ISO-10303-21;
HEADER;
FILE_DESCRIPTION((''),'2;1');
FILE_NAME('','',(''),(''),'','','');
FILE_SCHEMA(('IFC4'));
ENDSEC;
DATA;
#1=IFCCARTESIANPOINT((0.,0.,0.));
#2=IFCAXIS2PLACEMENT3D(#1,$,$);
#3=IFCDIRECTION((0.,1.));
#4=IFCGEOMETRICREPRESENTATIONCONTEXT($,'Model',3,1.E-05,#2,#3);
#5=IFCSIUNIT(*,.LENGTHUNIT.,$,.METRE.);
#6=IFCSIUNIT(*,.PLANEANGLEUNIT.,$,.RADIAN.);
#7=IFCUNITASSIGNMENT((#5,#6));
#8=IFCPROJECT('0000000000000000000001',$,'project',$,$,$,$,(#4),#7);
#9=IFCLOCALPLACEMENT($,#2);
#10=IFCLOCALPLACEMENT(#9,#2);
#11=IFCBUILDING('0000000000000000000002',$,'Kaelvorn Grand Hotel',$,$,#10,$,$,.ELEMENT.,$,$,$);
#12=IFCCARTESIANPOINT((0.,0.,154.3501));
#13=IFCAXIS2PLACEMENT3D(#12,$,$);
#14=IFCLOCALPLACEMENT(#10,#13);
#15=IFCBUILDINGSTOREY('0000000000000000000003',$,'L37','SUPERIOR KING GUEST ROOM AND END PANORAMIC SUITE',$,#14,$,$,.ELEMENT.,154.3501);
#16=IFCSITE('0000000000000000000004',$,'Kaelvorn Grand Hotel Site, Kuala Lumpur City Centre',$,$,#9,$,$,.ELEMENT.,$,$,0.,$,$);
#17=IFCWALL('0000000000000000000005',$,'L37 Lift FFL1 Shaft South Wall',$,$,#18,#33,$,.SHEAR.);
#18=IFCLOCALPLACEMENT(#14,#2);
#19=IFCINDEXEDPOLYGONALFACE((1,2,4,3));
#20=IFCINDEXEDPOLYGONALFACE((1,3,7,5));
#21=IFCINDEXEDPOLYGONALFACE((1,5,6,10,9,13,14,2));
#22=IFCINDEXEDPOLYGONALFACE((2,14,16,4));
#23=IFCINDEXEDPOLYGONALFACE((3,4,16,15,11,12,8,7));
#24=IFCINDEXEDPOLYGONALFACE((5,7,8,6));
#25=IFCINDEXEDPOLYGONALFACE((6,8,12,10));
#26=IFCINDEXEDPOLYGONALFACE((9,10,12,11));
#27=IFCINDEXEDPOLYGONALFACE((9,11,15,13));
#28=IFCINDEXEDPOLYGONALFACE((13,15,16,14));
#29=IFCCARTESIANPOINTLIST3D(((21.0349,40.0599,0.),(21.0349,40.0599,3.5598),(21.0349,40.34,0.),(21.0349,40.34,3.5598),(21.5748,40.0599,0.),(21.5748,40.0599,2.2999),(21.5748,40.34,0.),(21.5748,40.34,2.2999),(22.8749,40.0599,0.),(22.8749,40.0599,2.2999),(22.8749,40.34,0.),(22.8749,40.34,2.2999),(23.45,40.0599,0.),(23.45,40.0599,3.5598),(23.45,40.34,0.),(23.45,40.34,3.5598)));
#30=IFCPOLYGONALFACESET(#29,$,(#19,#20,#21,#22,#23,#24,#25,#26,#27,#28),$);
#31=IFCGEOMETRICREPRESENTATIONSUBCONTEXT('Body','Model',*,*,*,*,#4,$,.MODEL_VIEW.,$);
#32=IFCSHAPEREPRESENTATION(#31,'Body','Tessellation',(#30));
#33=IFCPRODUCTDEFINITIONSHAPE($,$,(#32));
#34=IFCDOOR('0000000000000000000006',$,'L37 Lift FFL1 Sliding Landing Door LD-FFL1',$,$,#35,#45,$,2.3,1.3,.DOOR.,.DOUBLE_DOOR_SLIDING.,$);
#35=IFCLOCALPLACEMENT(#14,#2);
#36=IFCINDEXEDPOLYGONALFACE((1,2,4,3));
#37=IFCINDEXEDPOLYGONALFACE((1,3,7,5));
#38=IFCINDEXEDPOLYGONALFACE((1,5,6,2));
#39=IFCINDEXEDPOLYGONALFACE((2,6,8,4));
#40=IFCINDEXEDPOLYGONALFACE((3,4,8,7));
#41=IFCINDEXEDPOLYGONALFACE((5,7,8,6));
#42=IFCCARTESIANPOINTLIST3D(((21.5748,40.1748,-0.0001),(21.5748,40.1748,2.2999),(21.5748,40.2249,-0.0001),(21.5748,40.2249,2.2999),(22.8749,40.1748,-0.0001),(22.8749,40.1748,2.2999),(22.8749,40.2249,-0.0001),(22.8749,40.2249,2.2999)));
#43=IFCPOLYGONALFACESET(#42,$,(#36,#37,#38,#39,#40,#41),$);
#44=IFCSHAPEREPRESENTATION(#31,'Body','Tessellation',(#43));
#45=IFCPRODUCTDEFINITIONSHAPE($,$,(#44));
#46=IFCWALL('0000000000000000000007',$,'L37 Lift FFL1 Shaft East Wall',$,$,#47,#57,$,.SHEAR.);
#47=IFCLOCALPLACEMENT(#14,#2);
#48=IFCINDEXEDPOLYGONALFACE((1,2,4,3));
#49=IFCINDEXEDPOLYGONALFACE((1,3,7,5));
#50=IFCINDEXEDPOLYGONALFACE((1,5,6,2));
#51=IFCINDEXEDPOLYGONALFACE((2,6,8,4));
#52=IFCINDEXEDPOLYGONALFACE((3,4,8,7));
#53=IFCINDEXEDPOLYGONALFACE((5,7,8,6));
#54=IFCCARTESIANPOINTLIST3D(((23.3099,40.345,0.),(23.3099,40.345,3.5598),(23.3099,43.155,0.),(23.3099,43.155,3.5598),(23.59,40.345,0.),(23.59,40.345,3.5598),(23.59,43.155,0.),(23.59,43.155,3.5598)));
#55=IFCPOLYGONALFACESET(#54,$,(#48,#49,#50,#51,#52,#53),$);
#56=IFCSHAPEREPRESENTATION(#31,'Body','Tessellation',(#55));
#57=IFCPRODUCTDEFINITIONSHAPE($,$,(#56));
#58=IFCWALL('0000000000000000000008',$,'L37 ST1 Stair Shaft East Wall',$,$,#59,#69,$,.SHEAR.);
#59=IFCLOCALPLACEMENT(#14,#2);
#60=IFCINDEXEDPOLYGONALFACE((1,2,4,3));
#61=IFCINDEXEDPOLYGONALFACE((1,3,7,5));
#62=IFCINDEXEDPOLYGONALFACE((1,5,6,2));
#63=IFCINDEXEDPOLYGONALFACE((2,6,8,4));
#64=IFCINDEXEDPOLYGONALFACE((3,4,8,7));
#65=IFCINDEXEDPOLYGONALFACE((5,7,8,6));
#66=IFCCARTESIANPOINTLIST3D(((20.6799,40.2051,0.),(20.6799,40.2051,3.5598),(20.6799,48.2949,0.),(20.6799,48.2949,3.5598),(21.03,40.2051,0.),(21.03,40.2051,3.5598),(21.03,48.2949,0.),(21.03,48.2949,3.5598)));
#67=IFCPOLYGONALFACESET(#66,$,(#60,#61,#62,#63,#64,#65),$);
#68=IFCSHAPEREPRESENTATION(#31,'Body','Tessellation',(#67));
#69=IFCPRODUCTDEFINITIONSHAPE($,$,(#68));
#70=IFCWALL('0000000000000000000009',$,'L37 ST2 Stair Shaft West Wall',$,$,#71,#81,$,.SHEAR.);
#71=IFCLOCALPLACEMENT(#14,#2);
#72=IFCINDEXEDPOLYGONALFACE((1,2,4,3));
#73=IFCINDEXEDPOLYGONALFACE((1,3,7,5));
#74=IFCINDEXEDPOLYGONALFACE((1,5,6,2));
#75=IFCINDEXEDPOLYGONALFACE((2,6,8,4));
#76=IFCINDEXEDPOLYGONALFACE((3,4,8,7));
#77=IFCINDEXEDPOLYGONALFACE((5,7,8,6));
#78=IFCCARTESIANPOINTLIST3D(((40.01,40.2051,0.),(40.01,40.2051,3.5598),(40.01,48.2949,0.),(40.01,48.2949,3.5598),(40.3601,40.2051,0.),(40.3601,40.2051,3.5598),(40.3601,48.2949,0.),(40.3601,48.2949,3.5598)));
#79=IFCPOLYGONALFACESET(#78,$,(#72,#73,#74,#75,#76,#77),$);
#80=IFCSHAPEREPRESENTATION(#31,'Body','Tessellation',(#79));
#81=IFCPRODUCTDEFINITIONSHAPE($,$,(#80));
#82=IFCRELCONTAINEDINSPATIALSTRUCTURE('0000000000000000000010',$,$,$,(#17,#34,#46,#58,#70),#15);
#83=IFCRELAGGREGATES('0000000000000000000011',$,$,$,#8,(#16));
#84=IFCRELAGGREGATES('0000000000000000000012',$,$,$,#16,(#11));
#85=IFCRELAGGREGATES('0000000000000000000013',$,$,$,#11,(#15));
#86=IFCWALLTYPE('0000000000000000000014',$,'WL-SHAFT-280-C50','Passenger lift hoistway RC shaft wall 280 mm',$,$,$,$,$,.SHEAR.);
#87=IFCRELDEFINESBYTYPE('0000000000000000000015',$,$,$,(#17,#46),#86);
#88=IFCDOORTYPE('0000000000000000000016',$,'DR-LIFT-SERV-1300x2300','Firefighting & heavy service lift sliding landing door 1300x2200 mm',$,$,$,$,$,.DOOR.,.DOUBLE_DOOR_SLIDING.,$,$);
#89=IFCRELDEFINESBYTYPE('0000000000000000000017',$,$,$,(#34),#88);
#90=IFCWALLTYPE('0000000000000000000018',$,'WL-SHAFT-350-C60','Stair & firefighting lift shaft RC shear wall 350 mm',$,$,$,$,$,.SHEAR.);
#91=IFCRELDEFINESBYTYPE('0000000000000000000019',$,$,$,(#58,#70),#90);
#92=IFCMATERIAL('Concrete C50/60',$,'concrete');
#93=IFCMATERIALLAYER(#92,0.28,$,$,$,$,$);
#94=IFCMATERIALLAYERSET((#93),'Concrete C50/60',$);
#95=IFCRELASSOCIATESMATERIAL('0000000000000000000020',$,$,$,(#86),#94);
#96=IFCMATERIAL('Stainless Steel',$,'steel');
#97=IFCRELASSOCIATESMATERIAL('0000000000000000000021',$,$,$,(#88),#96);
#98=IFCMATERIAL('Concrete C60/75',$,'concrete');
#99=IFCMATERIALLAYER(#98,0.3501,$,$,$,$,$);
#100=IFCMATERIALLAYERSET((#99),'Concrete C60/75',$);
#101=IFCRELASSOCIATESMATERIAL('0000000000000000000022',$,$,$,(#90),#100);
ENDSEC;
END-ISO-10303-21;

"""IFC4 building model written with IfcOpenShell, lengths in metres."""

from ifc_helpers import new_model, si_unit, direction, frame, frame_2d, origin, place, context, subcontext, project, spatial, rectangle, extrude, material, layer, layer_set, type_object, element, fill, save


model = new_model("IFC4")

# Units and contexts
model_context = context("Model", 3, precision=1e-05, world=origin(), true_north=direction((0.0, 1.0)))
body_context = subcontext(model_context, "Body", "Model", "MODEL_VIEW")
ifc_project = project(units=[si_unit("LENGTHUNIT", "METRE"), si_unit("PLANEANGLEUNIT", "RADIAN")], contexts=[model_context])

# Site, building, storey
site_placement = place(None, origin())
site = spatial("IfcSite", under=ifc_project, at=site_placement, Name="Kaelvorn Grand Hotel Site, Kuala Lumpur City Centre", CompositionType="ELEMENT", RefElevation=0.0)
building_placement = place(site_placement, origin())
building = spatial("IfcBuilding", under=site, at=building_placement, Name="Kaelvorn Grand Hotel", CompositionType="ELEMENT")
storey_placement = place(building_placement, frame((0.0, 0.0, 154.3501)))
storey = spatial("IfcBuildingStorey", under=building, at=storey_placement, Name="L37", Description="SUPERIOR KING GUEST ROOM AND END PANORAMIC SUITE", CompositionType="ELEMENT", Elevation=154.3501)

# Shared definitions
ifc_material_1 = material(Name="Concrete C60/75", Category="concrete")

# Wall, opening, door
ifc_material_2 = material(Name="Concrete C50/60", Category="concrete")
ifc_layer_1 = layer(ifc_material_2, 0.28)
ifc_layer_set_1 = layer_set([ifc_layer_1], Name="Concrete C50/60")
wall_type_1 = type_object("IfcWallType", Name="WL-SHAFT-280-C50", Description="Passenger lift hoistway RC shaft wall 280 mm", PredefinedType="SHEAR", material=ifc_layer_set_1)
wall_1_placement = place(storey_placement, frame((21.0349, 40.2, 0.0), z_axis=(0.0, 0.0, 1.0), x_axis=(1.0, 0.0, 0.0)))
wall_1 = element("IfcWall", 1, at=wall_1_placement, inside=storey, type_object=wall_type_1, Name="L37 Lift FFL1 Shaft South Wall", PredefinedType="SHEAR", context=body_context, shape_type="SweptSolid", body=[
    extrude(rectangle(XDim=2.415, YDim=0.28, at=frame_2d((1.2075, 0.0))), origin(), (0.0, 0.0, 1.0), 3.5598),
])
opening_1_placement = place(wall_1_placement, frame((0.54, 0.0, 0.0)))
opening_1 = element("IfcOpeningElement", 2, at=opening_1_placement, cuts=wall_1, PredefinedType="OPENING", context=body_context, shape_type="SweptSolid", body=[
    extrude(rectangle(XDim=1.3, YDim=2.3, at=frame_2d((0.6499, 1.1499))), frame((0.0, 0.1499, 0.0), z_axis=(0.0, -1.0, 0.0), x_axis=(1.0, 0.0, 0.0)), (0.0, 0.0, 1.0), 0.3),
])
ifc_material_3 = material(Name="Stainless Steel", Category="steel")
door_type_1 = type_object("IfcDoorType", Name="DR-LIFT-SERV-1300x2300", Description="Firefighting & heavy service lift sliding landing door 1300x2200 mm", OperationType="DOUBLE_DOOR_SLIDING", PredefinedType="DOOR", material=ifc_material_3)
door_1_placement = place(opening_1_placement, origin())
door_1 = element("IfcDoor", 3, at=door_1_placement, inside=storey, type_object=door_type_1, Name="L37 Lift FFL1 Sliding Landing Door LD-FFL1", OperationType="DOUBLE_DOOR_SLIDING", OverallHeight=2.3, OverallWidth=1.3, PredefinedType="DOOR", context=body_context, shape_type="SweptSolid", body=[
    extrude(rectangle(XDim=1.3, YDim=2.3, at=frame_2d((0.6499, 1.1499))), frame((0.0, 0.0249, 0.0), z_axis=(0.0, -1.0, 0.0), x_axis=(1.0, 0.0, 0.0)), (0.0, 0.0, 1.0), 0.05),
])
fill(opening_1, door_1)

# Walls
wall_2_placement = place(storey_placement, frame((23.45, 40.345, 0.0), z_axis=(0.0, 0.0, 1.0), x_axis=(0.0, 1.0, 0.0)))
element("IfcWall", 4, at=wall_2_placement, inside=storey, type_object=wall_type_1, Name="L37 Lift FFL1 Shaft East Wall", PredefinedType="SHEAR", context=body_context, shape_type="SweptSolid", body=[
    extrude(rectangle(XDim=2.8101, YDim=0.28, at=frame_2d((1.405, 0.0))), origin(), (0.0, 0.0, 1.0), 3.5598),
])
ifc_layer_2 = layer(ifc_material_1, 0.3501)
ifc_layer_set_2 = layer_set([ifc_layer_2], Name="Concrete C60/75")
wall_type_2 = type_object("IfcWallType", Name="WL-SHAFT-350-C60", Description="Stair & firefighting lift shaft RC shear wall 350 mm", PredefinedType="SHEAR", material=ifc_layer_set_2)
wall_3_placement = place(storey_placement, frame((20.855, 40.2051, 0.0), z_axis=(0.0, 0.0, 1.0), x_axis=(0.0, 1.0, 0.0)))
element("IfcWall", 5, at=wall_3_placement, inside=storey, type_object=wall_type_2, Name="L37 ST1 Stair Shaft East Wall", PredefinedType="SHEAR", context=body_context, shape_type="SweptSolid", body=[
    extrude(rectangle(XDim=8.0898, YDim=0.3501, at=frame_2d((4.0449, 0.0))), origin(), (0.0, 0.0, 1.0), 3.5598),
])

# Wall
wall_4_placement = place(storey_placement, frame((40.1851, 40.2051, 0.0), z_axis=(0.0, 0.0, 1.0), x_axis=(0.0, 1.0, 0.0)))
element("IfcWall", 6, at=wall_4_placement, inside=storey, type_object=wall_type_2, Name="L37 ST2 Stair Shaft West Wall", PredefinedType="SHEAR", context=body_context, shape_type="SweptSolid", body=[
    extrude(rectangle(XDim=8.0898, YDim=0.3501, at=frame_2d((4.0449, 0.0))), origin(), (0.0, 0.0, 1.0), 3.5598),
])

save(model, "model.ifc")
